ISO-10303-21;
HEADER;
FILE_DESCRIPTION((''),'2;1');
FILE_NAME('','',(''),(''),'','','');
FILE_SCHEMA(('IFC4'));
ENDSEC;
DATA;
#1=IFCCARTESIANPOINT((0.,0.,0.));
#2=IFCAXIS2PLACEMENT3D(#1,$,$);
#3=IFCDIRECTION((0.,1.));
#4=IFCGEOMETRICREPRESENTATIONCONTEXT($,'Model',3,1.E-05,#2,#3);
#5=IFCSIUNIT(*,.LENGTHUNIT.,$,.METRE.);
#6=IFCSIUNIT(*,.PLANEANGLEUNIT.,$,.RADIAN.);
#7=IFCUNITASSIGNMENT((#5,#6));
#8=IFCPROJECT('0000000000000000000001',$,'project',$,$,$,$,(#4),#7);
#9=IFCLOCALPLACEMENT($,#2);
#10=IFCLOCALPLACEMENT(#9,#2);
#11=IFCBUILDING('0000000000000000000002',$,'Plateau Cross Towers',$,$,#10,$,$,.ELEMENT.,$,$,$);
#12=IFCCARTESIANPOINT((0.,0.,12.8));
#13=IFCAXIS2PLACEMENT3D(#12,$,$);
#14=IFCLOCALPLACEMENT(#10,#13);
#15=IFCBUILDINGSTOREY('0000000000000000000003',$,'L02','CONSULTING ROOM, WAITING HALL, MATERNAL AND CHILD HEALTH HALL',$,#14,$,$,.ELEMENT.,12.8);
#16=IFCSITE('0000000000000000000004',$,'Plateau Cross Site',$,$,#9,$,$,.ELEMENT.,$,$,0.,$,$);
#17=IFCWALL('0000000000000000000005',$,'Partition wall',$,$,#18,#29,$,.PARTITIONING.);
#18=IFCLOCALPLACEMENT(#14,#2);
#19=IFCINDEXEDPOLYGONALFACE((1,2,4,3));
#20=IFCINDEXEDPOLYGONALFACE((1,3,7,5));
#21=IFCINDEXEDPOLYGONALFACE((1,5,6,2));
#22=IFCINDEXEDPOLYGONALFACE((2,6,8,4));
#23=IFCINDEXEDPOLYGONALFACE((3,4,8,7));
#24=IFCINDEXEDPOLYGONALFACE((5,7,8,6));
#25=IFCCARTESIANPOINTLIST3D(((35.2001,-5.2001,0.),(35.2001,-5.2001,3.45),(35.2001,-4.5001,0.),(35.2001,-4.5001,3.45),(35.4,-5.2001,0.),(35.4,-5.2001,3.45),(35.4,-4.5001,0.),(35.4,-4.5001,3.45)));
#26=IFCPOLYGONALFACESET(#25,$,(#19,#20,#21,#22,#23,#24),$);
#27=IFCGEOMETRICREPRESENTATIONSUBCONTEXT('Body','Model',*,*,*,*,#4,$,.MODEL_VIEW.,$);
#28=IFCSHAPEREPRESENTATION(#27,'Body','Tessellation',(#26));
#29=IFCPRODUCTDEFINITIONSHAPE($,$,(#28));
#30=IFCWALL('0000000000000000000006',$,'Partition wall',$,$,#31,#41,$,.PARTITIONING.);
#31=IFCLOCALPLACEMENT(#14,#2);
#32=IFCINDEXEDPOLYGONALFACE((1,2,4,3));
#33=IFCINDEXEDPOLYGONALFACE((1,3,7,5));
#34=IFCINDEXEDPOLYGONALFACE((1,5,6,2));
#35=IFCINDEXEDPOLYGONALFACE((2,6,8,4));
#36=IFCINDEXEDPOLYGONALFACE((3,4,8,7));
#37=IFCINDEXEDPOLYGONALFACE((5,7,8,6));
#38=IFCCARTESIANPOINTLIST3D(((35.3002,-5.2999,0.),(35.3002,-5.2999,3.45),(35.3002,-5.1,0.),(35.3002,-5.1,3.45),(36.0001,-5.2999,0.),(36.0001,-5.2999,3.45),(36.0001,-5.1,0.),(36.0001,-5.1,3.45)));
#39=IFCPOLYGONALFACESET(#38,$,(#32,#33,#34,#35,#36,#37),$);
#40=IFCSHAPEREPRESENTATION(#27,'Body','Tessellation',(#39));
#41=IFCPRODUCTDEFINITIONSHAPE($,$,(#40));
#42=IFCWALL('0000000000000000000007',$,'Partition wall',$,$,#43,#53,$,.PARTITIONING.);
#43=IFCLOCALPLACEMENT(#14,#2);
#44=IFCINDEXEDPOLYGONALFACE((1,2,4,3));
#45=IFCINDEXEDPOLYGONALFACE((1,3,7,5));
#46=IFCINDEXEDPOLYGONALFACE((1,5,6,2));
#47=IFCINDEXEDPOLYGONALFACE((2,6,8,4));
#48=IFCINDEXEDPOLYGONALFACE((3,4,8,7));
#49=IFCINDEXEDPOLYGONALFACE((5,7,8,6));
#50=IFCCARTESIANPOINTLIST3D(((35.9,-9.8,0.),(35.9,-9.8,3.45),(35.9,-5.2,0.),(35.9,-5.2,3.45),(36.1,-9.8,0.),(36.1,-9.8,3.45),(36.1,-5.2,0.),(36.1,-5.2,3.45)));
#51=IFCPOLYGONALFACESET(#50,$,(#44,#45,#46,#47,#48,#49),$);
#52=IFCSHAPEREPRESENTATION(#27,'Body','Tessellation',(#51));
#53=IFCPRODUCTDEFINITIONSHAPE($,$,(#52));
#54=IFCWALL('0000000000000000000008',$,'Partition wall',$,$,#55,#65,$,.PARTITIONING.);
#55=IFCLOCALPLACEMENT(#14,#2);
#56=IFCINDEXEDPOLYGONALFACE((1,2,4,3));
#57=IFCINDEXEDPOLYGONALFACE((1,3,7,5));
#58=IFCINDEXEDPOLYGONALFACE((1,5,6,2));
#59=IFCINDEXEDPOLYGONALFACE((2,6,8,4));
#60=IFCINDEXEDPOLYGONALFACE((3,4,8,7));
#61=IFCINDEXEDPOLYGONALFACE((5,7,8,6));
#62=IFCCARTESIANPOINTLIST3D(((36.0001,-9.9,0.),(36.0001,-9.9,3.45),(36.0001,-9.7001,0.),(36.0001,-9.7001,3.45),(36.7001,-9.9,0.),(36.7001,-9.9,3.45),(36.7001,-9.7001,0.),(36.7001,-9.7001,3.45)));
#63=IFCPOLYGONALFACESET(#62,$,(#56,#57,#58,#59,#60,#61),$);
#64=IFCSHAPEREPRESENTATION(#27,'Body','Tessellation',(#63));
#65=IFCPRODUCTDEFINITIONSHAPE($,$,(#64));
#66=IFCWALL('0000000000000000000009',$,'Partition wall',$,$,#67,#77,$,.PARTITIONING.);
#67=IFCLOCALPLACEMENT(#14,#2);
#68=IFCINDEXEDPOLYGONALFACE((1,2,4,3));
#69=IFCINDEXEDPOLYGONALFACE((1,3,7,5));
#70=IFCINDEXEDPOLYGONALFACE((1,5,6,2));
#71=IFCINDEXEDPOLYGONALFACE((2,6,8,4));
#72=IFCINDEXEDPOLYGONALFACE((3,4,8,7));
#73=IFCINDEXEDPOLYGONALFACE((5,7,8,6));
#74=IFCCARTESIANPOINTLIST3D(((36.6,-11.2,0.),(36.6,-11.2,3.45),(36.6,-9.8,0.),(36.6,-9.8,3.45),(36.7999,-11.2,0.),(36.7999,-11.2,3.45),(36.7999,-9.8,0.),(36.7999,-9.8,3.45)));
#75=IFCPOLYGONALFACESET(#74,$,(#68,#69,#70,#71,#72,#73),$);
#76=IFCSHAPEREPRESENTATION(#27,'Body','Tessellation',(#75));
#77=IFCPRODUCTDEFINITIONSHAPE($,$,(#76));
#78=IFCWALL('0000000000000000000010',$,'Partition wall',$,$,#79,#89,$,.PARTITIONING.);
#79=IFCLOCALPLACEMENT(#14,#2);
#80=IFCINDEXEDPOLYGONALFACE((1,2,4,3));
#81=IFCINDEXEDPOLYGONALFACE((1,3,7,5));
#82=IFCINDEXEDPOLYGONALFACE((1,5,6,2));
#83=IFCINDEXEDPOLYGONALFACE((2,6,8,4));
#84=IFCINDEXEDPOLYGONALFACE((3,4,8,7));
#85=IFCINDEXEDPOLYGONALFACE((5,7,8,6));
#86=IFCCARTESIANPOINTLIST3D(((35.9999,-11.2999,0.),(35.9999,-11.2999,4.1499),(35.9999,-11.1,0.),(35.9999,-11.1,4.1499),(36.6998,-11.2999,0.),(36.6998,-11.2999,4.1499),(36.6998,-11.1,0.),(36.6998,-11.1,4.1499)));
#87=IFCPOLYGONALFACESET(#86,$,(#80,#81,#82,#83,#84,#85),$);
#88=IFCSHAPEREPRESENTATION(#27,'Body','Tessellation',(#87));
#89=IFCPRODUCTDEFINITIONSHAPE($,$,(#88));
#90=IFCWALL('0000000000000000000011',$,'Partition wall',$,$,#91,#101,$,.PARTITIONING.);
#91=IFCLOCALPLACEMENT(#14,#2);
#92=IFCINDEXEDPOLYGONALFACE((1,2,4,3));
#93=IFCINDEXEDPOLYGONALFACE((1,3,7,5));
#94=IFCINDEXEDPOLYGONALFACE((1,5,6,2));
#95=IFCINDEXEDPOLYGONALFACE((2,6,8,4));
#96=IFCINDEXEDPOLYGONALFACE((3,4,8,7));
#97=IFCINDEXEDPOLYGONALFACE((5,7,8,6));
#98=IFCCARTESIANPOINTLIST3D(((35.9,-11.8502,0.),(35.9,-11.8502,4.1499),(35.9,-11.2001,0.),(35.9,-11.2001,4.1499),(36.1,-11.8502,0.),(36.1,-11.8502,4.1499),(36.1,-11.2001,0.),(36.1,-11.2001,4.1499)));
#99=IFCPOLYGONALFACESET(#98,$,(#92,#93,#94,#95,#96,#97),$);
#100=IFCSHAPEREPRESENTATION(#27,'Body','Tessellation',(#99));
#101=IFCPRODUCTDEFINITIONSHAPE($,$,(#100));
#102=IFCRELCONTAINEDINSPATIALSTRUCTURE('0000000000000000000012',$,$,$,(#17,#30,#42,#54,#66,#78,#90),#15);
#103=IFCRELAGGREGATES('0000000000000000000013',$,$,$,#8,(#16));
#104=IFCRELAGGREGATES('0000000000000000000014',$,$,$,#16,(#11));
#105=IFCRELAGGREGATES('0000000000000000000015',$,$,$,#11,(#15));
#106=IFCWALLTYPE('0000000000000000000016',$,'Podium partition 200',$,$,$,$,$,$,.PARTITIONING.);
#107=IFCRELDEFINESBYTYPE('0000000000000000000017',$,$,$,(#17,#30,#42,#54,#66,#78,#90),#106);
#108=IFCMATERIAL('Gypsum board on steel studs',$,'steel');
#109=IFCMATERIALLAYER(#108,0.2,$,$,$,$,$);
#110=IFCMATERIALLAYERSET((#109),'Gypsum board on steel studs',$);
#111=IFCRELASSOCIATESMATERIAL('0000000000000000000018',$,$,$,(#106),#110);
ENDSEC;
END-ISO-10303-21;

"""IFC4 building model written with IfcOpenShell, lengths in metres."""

from ifc_helpers import new_model, si_unit, direction, frame, frame_2d, origin, place, context, subcontext, project, spatial, rectangle, extrude, material, layer, layer_set, type_object, element, save


model = new_model("IFC4")

# Units and contexts
model_context = context("Model", 3, precision=1e-05, world=origin(), true_north=direction((0.0, 1.0)))
body_context = subcontext(model_context, "Body", "Model", "MODEL_VIEW")
ifc_project = project(units=[si_unit("LENGTHUNIT", "METRE"), si_unit("PLANEANGLEUNIT", "RADIAN")], contexts=[model_context])

# Site, building, storey
site_placement = place(None, origin())
site = spatial("IfcSite", under=ifc_project, at=site_placement, Name="Plateau Cross Site", CompositionType="ELEMENT", RefElevation=0.0)
building_placement = place(site_placement, origin())
building = spatial("IfcBuilding", under=site, at=building_placement, Name="Plateau Cross Towers", CompositionType="ELEMENT")
storey_placement = place(building_placement, frame((0.0, 0.0, 12.8)))
storey = spatial("IfcBuildingStorey", under=building, at=storey_placement, Name="L02", Description="CONSULTING ROOM, WAITING HALL, MATERNAL AND CHILD HEALTH HALL", CompositionType="ELEMENT", Elevation=12.8)

# Shared definitions
ifc_material_1 = material(Name="Gypsum board on steel studs", Category="steel")
ifc_layer_1 = layer(ifc_material_1, 0.2)
ifc_layer_set_1 = layer_set([ifc_layer_1], Name="Gypsum board on steel studs")
wall_type = type_object("IfcWallType", Name="Podium partition 200", PredefinedType="PARTITIONING", material=ifc_layer_set_1)

# Walls
for number, where, z_axis, x_axis, name in (
    (1, (35.3, -4.5, 0.0), (0.0, 0.0, 1.0), (0.0, -1.0, 0.0), "Partition wall"),
    (2, (35.3, -5.2, 0.0), (0.0, 0.0, 1.0), (1.0, 0.0, 0.0), "Partition wall"),
):
    element("IfcWall", number, at=place(storey_placement, frame(where, z_axis=z_axis, x_axis=x_axis)), inside=storey, type_object=wall_type, Name=name, PredefinedType="PARTITIONING", context=body_context, shape_type="SweptSolid", body=[
        extrude(rectangle(XDim=0.7, YDim=0.2, at=frame_2d((0.3501, 0.0))), origin(), (0.0, 0.0, 1.0), 3.45),
    ])
wall_1_placement = place(storey_placement, frame((36.0, -5.2, 0.0), z_axis=(0.0, 0.0, 1.0), x_axis=(0.0, -1.0, 0.0)))
element("IfcWall", 3, at=wall_1_placement, inside=storey, type_object=wall_type, Name="Partition wall", PredefinedType="PARTITIONING", context=body_context, shape_type="SweptSolid", body=[
    extrude(rectangle(XDim=4.6001, YDim=0.2, at=frame_2d((2.3, 0.0))), origin(), (0.0, 0.0, 1.0), 3.45),
])
wall_2_placement = place(storey_placement, frame((36.0, -9.8, 0.0), z_axis=(0.0, 0.0, 1.0), x_axis=(1.0, 0.0, 0.0)))
element("IfcWall", 4, at=wall_2_placement, inside=storey, type_object=wall_type, Name="Partition wall", PredefinedType="PARTITIONING", context=body_context, shape_type="SweptSolid", body=[
    extrude(rectangle(XDim=0.7, YDim=0.2, at=frame_2d((0.3501, 0.0))), origin(), (0.0, 0.0, 1.0), 3.45),
])
wall_3_placement = place(storey_placement, frame((36.7, -9.8, 0.0), z_axis=(0.0, 0.0, 1.0), x_axis=(0.0, -1.0, 0.0)))
element("IfcWall", 5, at=wall_3_placement, inside=storey, type_object=wall_type, Name="Partition wall", PredefinedType="PARTITIONING", context=body_context, shape_type="SweptSolid", body=[
    extrude(rectangle(XDim=1.3999, YDim=0.2, at=frame_2d((0.7, 0.0))), origin(), (0.0, 0.0, 1.0), 3.45),
])
wall_4_placement = place(storey_placement, frame((36.7, -11.2, 0.0), z_axis=(0.0, 0.0, 1.0), x_axis=(-1.0, 0.0, 0.0)))
element("IfcWall", 6, at=wall_4_placement, inside=storey, type_object=wall_type, Name="Partition wall", PredefinedType="PARTITIONING", context=body_context, shape_type="SweptSolid", body=[
    extrude(rectangle(XDim=0.7, YDim=0.2, at=frame_2d((0.3501, 0.0))), origin(), (0.0, 0.0, 1.0), 4.1499),
])
wall_5_placement = place(storey_placement, frame((36.0, -11.2, 0.0), z_axis=(0.0, 0.0, 1.0), x_axis=(0.0, -1.0, 0.0)))
element("IfcWall", 7, at=wall_5_placement, inside=storey, type_object=wall_type, Name="Partition wall", PredefinedType="PARTITIONING", context=body_context, shape_type="SweptSolid", body=[
    extrude(rectangle(XDim=0.6501, YDim=0.2, at=frame_2d((0.3252, 0.0))), origin(), (0.0, 0.0, 1.0), 4.1499),
])

save(model, "model.ifc")
